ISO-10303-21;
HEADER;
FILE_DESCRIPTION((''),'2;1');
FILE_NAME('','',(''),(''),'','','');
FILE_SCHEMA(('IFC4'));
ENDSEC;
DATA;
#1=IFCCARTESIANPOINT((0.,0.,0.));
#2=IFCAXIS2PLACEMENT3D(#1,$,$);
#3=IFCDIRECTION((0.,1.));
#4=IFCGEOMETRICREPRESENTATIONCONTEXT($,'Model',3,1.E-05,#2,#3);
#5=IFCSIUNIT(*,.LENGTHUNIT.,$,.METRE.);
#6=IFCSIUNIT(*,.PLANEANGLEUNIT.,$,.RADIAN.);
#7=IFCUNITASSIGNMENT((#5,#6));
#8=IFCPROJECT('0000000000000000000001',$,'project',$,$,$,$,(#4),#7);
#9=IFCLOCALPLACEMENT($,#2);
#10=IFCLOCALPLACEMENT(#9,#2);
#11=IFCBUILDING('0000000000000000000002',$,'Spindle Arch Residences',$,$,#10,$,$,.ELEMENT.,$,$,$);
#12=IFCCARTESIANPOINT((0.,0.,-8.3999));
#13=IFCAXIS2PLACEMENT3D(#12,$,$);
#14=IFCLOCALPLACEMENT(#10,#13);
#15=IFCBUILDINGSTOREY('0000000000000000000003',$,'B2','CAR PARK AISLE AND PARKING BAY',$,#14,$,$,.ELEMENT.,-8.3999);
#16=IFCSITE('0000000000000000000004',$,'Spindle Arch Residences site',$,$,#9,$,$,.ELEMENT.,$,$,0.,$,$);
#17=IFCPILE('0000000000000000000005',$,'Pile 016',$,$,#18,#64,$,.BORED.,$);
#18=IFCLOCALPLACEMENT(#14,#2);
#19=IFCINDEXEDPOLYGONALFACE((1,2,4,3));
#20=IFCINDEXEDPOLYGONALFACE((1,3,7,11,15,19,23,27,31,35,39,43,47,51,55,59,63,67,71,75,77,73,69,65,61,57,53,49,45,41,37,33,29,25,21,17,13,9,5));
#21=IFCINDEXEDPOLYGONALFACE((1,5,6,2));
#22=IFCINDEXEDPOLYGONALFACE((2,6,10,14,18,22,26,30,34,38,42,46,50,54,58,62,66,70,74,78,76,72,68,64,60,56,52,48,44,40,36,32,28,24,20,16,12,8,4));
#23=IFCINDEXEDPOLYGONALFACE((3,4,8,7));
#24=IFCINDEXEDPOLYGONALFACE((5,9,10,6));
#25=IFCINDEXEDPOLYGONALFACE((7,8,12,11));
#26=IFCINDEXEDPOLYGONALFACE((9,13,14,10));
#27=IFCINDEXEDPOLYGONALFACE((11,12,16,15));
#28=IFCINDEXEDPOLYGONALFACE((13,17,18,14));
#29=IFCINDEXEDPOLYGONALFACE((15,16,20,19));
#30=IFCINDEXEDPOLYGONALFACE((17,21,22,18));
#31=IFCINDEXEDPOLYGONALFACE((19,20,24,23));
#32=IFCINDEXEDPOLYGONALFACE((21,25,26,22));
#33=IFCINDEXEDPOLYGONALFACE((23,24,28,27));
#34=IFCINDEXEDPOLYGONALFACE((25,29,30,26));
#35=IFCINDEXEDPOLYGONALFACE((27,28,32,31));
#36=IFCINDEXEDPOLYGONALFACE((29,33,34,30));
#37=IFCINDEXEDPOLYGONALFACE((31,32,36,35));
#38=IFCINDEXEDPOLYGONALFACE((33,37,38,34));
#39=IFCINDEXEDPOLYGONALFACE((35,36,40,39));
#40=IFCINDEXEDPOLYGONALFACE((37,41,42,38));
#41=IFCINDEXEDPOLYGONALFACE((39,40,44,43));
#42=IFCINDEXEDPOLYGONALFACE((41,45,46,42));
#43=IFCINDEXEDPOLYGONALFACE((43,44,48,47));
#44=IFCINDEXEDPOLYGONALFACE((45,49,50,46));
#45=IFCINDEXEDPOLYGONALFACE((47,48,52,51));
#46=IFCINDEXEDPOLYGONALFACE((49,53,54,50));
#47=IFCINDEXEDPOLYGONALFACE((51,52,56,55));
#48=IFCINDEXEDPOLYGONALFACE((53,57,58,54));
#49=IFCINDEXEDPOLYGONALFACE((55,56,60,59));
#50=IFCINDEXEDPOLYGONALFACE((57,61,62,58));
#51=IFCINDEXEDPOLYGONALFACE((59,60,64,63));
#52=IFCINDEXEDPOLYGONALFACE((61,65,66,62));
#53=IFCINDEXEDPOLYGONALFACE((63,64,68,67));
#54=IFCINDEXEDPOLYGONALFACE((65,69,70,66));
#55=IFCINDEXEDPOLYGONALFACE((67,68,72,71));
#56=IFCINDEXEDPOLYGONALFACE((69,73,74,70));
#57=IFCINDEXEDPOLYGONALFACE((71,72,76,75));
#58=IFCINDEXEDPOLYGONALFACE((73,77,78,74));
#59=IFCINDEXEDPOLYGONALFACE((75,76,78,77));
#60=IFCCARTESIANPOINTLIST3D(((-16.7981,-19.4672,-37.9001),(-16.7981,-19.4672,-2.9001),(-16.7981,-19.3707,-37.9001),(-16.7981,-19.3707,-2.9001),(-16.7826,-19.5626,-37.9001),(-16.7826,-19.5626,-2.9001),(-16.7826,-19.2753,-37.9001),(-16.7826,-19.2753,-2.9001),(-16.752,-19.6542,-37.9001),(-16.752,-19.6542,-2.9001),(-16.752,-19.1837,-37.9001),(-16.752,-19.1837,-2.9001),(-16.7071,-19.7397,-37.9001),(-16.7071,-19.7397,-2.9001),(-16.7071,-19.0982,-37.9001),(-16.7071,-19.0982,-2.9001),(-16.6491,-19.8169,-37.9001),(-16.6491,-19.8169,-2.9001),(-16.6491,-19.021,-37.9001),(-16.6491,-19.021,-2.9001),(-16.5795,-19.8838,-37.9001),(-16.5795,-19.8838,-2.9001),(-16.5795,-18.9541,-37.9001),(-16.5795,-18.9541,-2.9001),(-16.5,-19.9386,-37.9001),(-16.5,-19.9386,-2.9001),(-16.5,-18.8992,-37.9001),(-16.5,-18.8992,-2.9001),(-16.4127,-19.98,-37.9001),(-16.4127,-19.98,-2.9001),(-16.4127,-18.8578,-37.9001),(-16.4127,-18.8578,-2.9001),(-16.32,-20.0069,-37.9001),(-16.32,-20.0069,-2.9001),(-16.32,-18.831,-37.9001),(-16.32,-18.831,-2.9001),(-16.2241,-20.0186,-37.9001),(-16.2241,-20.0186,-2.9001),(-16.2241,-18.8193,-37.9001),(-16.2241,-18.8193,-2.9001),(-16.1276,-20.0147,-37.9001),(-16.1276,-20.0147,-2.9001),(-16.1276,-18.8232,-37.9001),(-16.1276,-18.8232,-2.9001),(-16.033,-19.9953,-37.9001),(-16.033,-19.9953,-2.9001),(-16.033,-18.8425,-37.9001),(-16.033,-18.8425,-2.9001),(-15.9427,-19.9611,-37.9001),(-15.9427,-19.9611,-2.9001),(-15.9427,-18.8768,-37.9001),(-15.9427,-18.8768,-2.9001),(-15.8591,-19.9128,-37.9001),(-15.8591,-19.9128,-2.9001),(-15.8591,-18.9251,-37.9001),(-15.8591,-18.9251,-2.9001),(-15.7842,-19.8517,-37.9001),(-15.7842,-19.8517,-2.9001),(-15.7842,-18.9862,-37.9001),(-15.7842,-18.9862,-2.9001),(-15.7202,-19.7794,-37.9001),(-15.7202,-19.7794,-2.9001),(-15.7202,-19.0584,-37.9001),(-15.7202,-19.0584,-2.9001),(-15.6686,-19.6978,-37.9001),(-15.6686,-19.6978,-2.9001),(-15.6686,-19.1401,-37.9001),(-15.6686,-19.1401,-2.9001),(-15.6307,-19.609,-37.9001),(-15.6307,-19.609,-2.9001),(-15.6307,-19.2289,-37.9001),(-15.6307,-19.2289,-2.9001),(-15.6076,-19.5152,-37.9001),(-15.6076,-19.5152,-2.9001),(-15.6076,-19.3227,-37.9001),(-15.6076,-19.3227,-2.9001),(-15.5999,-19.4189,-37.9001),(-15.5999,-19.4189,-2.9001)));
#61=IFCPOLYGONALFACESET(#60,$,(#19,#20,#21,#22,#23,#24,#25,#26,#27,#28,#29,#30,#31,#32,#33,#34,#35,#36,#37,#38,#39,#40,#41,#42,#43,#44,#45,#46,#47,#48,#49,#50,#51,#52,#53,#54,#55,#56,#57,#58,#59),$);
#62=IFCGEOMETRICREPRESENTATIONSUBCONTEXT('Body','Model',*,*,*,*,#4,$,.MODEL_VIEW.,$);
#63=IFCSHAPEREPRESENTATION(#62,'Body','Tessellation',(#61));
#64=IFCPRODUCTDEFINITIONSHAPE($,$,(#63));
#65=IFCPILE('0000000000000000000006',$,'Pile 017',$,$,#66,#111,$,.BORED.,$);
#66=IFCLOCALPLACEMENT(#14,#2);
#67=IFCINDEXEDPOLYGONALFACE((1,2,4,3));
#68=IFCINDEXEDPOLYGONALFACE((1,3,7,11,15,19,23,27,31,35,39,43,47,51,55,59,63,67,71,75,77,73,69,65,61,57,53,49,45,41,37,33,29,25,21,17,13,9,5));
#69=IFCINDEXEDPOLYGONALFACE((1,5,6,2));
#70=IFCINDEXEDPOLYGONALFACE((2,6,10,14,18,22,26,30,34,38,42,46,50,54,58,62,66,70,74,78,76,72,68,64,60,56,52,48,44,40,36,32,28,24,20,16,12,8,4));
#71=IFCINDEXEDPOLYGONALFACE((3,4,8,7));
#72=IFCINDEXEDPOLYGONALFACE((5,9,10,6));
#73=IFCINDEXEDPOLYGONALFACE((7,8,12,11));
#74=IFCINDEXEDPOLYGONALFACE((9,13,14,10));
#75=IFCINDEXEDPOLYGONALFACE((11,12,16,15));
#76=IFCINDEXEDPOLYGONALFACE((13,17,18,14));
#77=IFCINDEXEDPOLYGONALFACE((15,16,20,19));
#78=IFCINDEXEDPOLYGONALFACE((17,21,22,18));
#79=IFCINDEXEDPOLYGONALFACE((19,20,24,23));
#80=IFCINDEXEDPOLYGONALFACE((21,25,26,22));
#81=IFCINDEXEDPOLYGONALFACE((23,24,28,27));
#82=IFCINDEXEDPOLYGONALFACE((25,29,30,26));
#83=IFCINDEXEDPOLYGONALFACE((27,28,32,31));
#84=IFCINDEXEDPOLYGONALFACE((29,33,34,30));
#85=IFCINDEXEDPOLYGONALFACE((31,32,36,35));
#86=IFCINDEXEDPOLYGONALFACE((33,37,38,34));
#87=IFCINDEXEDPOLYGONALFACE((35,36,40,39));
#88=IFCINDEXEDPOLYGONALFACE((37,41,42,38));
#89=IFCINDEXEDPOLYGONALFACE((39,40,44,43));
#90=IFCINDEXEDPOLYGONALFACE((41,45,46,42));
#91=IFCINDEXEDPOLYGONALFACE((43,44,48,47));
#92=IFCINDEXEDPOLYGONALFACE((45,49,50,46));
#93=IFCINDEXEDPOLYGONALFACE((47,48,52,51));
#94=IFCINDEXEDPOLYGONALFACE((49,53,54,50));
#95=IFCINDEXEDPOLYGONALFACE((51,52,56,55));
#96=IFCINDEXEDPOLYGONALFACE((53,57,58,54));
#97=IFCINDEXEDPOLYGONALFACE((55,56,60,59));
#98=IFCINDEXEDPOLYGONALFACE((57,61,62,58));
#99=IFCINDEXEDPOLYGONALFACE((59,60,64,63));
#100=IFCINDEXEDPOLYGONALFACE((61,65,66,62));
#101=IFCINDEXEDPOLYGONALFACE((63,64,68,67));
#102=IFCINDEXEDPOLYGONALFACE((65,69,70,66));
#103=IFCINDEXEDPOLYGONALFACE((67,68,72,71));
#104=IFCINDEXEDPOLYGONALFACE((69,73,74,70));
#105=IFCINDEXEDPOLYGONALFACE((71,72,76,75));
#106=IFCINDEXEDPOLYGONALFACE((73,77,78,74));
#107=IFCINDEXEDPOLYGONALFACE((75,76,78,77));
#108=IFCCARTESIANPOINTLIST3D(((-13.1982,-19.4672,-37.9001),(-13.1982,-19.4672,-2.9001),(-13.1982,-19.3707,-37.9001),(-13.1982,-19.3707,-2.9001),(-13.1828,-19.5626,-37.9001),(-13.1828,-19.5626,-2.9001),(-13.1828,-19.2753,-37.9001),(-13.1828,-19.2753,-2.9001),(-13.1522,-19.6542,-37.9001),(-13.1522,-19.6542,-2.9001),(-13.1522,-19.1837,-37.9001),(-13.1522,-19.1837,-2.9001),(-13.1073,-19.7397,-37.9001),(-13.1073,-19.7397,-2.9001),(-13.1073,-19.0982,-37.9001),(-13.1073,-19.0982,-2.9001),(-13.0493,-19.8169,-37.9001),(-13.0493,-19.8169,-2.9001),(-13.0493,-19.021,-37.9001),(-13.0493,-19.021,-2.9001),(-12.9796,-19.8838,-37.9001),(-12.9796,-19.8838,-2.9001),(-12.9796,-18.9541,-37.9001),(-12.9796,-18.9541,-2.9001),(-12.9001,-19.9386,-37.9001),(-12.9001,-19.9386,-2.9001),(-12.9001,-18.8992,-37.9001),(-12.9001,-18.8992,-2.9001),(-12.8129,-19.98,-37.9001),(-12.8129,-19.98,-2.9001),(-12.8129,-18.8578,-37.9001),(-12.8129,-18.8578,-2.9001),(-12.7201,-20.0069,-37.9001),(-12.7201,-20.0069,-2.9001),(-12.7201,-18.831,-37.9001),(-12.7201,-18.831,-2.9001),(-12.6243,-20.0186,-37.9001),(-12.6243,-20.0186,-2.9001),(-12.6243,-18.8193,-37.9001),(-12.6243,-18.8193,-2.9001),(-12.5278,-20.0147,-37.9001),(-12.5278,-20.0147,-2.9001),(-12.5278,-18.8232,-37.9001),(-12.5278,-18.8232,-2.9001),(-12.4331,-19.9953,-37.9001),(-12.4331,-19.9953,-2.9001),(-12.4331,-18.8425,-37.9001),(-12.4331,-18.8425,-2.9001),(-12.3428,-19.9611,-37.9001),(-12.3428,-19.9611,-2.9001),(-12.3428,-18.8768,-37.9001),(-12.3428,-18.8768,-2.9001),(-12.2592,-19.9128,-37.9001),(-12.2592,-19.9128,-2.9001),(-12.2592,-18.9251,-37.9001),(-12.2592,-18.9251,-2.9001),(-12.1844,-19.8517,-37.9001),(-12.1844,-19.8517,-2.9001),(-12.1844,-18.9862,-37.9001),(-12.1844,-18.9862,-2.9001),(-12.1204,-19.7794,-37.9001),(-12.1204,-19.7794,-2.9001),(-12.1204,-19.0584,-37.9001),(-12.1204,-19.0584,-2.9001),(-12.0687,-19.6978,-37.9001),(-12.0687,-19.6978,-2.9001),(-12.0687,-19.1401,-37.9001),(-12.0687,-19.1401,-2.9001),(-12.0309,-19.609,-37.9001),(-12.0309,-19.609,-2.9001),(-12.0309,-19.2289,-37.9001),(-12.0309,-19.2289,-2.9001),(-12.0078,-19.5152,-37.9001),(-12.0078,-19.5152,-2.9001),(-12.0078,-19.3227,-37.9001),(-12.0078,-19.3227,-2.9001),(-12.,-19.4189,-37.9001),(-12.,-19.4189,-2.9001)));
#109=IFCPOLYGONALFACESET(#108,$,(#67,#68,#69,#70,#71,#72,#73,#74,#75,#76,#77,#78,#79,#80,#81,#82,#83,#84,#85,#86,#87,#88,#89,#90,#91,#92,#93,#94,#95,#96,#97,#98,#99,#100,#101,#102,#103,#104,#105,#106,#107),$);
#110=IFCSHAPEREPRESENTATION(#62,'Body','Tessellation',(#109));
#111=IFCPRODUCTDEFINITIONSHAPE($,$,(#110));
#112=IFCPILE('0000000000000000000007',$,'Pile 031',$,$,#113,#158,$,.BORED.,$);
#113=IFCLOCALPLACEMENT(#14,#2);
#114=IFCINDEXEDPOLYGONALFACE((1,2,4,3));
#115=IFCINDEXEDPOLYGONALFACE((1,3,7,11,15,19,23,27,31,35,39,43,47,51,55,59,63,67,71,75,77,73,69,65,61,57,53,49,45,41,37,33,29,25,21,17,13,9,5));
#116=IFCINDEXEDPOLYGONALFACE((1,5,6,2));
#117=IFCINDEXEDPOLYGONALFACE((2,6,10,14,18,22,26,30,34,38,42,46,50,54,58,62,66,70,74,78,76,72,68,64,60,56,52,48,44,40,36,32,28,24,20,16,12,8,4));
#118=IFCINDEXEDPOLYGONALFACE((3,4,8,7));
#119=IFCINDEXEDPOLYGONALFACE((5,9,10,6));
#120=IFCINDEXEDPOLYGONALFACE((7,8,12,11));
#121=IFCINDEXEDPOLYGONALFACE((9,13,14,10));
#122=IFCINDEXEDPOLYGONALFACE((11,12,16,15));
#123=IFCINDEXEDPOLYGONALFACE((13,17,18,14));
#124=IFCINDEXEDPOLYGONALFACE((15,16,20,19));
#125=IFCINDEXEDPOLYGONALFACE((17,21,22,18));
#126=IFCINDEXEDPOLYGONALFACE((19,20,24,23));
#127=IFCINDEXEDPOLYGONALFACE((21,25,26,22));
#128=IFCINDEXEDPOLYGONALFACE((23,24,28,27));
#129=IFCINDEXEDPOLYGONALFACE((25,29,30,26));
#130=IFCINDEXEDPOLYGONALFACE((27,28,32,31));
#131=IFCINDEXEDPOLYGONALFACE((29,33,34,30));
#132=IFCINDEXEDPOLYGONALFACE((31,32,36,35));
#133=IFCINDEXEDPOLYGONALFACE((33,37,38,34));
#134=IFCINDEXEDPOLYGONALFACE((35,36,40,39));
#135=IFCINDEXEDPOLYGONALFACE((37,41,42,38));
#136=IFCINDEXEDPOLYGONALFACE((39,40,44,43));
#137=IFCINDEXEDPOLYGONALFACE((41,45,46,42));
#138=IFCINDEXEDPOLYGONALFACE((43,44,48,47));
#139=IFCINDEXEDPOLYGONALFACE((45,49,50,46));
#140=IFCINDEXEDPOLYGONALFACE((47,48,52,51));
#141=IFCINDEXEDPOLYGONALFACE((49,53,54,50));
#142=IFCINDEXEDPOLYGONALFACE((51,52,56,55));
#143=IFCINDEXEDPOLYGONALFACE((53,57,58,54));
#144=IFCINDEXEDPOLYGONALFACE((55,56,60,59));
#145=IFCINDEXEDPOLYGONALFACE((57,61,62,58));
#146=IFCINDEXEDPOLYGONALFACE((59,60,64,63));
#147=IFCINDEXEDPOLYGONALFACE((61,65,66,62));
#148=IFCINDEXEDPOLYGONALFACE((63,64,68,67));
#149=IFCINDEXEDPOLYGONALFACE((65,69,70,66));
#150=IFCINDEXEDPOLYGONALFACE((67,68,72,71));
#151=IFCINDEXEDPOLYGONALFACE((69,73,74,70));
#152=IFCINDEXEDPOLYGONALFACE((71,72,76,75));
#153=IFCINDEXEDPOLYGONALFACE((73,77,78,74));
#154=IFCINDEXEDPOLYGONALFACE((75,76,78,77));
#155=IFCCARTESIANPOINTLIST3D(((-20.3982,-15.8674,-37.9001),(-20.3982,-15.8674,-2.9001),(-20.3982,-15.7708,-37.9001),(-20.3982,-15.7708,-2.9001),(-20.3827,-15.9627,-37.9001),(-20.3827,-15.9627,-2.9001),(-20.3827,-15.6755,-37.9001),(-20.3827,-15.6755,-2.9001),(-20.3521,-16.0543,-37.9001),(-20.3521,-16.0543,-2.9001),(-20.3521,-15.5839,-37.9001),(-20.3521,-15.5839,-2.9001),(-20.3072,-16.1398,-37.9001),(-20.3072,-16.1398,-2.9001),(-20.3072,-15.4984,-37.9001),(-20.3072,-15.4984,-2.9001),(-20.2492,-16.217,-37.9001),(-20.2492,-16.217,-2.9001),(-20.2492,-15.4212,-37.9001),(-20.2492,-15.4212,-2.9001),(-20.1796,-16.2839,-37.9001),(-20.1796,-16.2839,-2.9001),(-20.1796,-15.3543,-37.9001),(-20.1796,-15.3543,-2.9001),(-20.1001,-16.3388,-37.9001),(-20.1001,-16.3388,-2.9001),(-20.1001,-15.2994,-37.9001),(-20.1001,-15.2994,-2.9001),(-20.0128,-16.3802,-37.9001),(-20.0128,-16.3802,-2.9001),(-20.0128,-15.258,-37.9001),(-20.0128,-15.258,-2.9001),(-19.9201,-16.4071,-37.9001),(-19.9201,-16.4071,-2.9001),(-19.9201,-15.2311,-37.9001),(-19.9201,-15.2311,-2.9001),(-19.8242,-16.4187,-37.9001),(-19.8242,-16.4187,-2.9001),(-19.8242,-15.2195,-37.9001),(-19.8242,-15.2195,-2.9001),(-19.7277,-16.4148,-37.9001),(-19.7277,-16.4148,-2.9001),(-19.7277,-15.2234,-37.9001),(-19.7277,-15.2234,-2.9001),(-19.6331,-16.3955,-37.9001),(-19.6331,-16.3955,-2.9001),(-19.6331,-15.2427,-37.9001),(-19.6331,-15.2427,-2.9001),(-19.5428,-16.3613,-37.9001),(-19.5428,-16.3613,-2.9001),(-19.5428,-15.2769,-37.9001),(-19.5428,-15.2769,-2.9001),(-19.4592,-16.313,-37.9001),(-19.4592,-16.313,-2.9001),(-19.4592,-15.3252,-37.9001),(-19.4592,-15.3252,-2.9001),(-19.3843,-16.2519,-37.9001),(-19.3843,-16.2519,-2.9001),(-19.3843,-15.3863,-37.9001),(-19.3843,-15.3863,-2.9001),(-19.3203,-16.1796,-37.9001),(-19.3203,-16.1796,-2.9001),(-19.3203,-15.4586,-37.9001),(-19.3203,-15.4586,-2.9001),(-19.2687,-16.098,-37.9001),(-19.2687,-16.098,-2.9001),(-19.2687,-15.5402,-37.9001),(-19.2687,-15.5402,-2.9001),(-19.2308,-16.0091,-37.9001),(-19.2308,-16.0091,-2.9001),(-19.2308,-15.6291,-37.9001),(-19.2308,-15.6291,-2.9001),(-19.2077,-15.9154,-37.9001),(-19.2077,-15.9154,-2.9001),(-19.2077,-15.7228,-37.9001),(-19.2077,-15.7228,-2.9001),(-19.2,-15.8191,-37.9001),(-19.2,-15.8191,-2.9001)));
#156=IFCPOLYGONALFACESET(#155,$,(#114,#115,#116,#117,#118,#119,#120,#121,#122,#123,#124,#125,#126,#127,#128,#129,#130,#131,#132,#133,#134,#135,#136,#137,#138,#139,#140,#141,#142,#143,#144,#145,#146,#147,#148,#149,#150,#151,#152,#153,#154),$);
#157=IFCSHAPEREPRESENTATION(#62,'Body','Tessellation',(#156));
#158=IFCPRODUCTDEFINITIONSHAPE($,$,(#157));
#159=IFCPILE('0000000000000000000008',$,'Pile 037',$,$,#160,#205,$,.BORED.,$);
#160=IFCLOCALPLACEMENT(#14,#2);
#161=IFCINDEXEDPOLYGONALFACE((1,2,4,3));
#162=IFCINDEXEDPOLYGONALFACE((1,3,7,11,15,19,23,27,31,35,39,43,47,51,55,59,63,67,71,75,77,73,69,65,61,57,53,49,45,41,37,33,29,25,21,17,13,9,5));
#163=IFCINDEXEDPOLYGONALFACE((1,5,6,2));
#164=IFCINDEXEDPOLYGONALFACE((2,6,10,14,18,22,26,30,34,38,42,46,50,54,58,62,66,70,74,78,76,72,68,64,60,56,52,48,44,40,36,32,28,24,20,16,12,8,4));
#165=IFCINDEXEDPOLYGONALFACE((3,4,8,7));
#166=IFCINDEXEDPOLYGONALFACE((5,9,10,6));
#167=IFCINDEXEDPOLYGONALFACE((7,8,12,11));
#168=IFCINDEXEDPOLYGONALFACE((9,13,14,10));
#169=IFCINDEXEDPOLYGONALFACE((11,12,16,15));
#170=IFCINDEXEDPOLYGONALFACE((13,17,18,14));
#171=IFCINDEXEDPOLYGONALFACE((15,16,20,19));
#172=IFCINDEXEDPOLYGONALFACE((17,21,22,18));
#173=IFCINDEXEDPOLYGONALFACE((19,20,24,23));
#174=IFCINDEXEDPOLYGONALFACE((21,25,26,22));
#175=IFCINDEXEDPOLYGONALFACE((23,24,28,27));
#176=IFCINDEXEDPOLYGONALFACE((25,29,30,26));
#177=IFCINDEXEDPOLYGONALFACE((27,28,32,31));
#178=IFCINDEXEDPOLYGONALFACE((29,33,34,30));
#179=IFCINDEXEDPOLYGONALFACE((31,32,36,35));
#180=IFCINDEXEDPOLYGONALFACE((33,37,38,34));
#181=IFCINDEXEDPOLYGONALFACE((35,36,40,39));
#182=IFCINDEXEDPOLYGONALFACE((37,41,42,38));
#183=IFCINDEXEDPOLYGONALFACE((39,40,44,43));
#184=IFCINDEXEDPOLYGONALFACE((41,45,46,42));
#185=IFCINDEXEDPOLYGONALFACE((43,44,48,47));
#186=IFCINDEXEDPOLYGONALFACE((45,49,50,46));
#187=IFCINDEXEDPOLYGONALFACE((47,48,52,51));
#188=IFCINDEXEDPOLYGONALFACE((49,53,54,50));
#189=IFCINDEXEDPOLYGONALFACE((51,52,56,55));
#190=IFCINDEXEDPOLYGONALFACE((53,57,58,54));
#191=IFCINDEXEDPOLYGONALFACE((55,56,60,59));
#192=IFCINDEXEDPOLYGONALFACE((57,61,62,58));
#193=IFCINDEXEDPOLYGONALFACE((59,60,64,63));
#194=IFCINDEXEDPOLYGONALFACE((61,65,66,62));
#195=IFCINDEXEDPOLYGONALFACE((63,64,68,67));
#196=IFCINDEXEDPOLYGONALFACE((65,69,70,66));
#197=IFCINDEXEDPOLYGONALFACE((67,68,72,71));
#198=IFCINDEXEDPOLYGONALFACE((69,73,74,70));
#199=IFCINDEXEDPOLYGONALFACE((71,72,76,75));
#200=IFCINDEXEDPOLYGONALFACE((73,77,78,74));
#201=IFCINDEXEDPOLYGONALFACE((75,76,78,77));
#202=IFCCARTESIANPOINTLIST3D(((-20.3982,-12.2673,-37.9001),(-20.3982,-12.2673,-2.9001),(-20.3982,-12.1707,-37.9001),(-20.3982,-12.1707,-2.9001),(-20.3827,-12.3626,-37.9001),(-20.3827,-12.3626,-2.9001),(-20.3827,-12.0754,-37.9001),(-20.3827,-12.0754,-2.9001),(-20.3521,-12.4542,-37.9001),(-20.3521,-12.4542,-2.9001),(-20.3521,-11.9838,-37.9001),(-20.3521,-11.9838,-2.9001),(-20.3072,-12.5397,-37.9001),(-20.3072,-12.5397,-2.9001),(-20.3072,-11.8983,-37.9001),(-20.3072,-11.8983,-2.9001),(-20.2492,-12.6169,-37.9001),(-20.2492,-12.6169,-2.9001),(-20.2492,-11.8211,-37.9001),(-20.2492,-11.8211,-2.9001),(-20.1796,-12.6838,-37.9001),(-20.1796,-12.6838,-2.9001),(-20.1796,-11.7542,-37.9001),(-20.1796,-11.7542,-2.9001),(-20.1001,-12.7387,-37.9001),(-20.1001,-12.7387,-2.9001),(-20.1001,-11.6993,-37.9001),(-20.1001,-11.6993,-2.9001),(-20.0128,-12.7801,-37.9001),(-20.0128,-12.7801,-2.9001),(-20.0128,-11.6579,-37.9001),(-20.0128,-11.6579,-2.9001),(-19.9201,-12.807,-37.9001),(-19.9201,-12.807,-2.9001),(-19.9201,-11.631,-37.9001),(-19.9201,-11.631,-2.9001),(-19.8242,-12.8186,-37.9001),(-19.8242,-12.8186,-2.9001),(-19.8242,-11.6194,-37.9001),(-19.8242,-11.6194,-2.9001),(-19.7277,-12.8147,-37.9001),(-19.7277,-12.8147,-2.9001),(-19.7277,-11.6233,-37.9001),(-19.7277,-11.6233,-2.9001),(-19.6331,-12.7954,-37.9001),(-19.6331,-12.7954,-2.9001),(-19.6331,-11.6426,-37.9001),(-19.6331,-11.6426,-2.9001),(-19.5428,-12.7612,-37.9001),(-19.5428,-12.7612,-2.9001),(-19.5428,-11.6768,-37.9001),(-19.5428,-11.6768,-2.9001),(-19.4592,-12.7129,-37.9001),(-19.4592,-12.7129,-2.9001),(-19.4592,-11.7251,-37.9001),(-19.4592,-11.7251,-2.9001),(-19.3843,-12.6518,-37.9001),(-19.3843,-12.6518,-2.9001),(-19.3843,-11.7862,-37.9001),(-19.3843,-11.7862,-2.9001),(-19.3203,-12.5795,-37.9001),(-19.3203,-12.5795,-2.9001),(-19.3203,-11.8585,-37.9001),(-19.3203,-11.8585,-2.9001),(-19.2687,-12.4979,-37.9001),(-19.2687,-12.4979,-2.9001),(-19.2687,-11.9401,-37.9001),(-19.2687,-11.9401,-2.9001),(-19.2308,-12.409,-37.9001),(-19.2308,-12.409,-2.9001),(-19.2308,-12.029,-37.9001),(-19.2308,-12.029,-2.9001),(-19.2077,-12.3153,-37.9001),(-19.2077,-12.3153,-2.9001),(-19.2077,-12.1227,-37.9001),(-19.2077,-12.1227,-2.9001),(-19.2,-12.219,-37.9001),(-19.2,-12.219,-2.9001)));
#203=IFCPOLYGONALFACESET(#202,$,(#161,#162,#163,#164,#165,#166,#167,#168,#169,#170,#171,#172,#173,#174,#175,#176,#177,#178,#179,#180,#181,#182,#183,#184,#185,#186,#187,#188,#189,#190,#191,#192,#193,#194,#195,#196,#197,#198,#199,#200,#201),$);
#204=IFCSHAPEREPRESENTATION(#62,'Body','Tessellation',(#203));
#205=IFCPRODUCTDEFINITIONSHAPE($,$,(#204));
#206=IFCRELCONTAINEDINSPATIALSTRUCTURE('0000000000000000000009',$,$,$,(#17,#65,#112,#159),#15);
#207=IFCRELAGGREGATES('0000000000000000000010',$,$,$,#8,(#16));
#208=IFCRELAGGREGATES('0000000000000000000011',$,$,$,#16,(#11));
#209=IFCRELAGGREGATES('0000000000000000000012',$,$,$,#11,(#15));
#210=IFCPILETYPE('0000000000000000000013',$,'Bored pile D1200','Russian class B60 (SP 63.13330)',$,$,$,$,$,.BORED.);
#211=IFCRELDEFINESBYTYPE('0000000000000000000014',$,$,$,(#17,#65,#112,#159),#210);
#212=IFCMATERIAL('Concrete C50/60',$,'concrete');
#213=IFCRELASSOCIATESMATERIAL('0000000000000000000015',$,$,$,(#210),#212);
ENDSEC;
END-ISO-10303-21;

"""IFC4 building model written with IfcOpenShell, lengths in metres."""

from ifc_helpers import new_model, si_unit, direction, frame, origin, origin_2d, place, context, subcontext, project, spatial, circle, extrude, material, material_profile, profile_set, type_object, element, save


model = new_model("IFC4")

# Units and contexts
model_context = context("Model", 3, precision=1e-05, world=origin(), true_north=direction((0.0, 1.0)))
body_context = subcontext(model_context, "Body", "Model", "MODEL_VIEW")
ifc_project = project(units=[si_unit("LENGTHUNIT", "METRE"), si_unit("PLANEANGLEUNIT", "RADIAN")], contexts=[model_context])

# Site, building, storey
site_placement = place(None, origin())
site = spatial("IfcSite", under=ifc_project, at=site_placement, Name="Spindle Arch Residences site", CompositionType="ELEMENT", RefElevation=0.0)
building_placement = place(site_placement, origin())
building = spatial("IfcBuilding", under=site, at=building_placement, Name="Spindle Arch Residences", CompositionType="ELEMENT")
storey_placement = place(building_placement, frame((0.0, 0.0, -8.3999)))
storey = spatial("IfcBuildingStorey", under=building, at=storey_placement, Name="B2", Description="CAR PARK AISLE AND PARKING BAY", CompositionType="ELEMENT", Elevation=-8.3999)

# Piles
ifc_material_1 = material(Name="Concrete C50/60", Category="concrete")
ifc_material_profile_1 = material_profile(ifc_material_1, circle(Radius=0.6001, at=origin_2d()), Name="BP D1200")
ifc_profile_set_1 = profile_set([ifc_material_profile_1], Name="Concrete C50/60")
pile_type = type_object("IfcPileType", Name="Bored pile D1200", Description="Russian class B60 (SP 63.13330)", PredefinedType="BORED", material=ifc_profile_set_1)
for number, where, z_axis, x_axis, name in (
    (1, (-16.2, -19.4189, -2.9001), (0.0, 0.0, -1.0), (1.0, 0.0, 0.0), "Pile 016"),
    (2, (-12.6001, -19.4189, -2.9001), (0.0, 0.0, -1.0), (1.0, 0.0, 0.0), "Pile 017"),
    (3, (-19.8, -15.8191, -2.9001), (0.0, 0.0, -1.0), (1.0, 0.0, 0.0), "Pile 031"),
    (4, (-19.8, -12.219, -2.9001), (0.0, 0.0, -1.0), (1.0, 0.0, 0.0), "Pile 037"),
):
    element("IfcPile", number, at=place(storey_placement, frame(where, z_axis=z_axis, x_axis=x_axis)), inside=storey, type_object=pile_type, Name=name, PredefinedType="BORED", context=body_context, shape_type="SweptSolid", body=[
        extrude(circle(Radius=0.6001, at=origin_2d()), origin(), (0.0, 0.0, 1.0), 35.0),
    ])

save(model, "model.ifc")
